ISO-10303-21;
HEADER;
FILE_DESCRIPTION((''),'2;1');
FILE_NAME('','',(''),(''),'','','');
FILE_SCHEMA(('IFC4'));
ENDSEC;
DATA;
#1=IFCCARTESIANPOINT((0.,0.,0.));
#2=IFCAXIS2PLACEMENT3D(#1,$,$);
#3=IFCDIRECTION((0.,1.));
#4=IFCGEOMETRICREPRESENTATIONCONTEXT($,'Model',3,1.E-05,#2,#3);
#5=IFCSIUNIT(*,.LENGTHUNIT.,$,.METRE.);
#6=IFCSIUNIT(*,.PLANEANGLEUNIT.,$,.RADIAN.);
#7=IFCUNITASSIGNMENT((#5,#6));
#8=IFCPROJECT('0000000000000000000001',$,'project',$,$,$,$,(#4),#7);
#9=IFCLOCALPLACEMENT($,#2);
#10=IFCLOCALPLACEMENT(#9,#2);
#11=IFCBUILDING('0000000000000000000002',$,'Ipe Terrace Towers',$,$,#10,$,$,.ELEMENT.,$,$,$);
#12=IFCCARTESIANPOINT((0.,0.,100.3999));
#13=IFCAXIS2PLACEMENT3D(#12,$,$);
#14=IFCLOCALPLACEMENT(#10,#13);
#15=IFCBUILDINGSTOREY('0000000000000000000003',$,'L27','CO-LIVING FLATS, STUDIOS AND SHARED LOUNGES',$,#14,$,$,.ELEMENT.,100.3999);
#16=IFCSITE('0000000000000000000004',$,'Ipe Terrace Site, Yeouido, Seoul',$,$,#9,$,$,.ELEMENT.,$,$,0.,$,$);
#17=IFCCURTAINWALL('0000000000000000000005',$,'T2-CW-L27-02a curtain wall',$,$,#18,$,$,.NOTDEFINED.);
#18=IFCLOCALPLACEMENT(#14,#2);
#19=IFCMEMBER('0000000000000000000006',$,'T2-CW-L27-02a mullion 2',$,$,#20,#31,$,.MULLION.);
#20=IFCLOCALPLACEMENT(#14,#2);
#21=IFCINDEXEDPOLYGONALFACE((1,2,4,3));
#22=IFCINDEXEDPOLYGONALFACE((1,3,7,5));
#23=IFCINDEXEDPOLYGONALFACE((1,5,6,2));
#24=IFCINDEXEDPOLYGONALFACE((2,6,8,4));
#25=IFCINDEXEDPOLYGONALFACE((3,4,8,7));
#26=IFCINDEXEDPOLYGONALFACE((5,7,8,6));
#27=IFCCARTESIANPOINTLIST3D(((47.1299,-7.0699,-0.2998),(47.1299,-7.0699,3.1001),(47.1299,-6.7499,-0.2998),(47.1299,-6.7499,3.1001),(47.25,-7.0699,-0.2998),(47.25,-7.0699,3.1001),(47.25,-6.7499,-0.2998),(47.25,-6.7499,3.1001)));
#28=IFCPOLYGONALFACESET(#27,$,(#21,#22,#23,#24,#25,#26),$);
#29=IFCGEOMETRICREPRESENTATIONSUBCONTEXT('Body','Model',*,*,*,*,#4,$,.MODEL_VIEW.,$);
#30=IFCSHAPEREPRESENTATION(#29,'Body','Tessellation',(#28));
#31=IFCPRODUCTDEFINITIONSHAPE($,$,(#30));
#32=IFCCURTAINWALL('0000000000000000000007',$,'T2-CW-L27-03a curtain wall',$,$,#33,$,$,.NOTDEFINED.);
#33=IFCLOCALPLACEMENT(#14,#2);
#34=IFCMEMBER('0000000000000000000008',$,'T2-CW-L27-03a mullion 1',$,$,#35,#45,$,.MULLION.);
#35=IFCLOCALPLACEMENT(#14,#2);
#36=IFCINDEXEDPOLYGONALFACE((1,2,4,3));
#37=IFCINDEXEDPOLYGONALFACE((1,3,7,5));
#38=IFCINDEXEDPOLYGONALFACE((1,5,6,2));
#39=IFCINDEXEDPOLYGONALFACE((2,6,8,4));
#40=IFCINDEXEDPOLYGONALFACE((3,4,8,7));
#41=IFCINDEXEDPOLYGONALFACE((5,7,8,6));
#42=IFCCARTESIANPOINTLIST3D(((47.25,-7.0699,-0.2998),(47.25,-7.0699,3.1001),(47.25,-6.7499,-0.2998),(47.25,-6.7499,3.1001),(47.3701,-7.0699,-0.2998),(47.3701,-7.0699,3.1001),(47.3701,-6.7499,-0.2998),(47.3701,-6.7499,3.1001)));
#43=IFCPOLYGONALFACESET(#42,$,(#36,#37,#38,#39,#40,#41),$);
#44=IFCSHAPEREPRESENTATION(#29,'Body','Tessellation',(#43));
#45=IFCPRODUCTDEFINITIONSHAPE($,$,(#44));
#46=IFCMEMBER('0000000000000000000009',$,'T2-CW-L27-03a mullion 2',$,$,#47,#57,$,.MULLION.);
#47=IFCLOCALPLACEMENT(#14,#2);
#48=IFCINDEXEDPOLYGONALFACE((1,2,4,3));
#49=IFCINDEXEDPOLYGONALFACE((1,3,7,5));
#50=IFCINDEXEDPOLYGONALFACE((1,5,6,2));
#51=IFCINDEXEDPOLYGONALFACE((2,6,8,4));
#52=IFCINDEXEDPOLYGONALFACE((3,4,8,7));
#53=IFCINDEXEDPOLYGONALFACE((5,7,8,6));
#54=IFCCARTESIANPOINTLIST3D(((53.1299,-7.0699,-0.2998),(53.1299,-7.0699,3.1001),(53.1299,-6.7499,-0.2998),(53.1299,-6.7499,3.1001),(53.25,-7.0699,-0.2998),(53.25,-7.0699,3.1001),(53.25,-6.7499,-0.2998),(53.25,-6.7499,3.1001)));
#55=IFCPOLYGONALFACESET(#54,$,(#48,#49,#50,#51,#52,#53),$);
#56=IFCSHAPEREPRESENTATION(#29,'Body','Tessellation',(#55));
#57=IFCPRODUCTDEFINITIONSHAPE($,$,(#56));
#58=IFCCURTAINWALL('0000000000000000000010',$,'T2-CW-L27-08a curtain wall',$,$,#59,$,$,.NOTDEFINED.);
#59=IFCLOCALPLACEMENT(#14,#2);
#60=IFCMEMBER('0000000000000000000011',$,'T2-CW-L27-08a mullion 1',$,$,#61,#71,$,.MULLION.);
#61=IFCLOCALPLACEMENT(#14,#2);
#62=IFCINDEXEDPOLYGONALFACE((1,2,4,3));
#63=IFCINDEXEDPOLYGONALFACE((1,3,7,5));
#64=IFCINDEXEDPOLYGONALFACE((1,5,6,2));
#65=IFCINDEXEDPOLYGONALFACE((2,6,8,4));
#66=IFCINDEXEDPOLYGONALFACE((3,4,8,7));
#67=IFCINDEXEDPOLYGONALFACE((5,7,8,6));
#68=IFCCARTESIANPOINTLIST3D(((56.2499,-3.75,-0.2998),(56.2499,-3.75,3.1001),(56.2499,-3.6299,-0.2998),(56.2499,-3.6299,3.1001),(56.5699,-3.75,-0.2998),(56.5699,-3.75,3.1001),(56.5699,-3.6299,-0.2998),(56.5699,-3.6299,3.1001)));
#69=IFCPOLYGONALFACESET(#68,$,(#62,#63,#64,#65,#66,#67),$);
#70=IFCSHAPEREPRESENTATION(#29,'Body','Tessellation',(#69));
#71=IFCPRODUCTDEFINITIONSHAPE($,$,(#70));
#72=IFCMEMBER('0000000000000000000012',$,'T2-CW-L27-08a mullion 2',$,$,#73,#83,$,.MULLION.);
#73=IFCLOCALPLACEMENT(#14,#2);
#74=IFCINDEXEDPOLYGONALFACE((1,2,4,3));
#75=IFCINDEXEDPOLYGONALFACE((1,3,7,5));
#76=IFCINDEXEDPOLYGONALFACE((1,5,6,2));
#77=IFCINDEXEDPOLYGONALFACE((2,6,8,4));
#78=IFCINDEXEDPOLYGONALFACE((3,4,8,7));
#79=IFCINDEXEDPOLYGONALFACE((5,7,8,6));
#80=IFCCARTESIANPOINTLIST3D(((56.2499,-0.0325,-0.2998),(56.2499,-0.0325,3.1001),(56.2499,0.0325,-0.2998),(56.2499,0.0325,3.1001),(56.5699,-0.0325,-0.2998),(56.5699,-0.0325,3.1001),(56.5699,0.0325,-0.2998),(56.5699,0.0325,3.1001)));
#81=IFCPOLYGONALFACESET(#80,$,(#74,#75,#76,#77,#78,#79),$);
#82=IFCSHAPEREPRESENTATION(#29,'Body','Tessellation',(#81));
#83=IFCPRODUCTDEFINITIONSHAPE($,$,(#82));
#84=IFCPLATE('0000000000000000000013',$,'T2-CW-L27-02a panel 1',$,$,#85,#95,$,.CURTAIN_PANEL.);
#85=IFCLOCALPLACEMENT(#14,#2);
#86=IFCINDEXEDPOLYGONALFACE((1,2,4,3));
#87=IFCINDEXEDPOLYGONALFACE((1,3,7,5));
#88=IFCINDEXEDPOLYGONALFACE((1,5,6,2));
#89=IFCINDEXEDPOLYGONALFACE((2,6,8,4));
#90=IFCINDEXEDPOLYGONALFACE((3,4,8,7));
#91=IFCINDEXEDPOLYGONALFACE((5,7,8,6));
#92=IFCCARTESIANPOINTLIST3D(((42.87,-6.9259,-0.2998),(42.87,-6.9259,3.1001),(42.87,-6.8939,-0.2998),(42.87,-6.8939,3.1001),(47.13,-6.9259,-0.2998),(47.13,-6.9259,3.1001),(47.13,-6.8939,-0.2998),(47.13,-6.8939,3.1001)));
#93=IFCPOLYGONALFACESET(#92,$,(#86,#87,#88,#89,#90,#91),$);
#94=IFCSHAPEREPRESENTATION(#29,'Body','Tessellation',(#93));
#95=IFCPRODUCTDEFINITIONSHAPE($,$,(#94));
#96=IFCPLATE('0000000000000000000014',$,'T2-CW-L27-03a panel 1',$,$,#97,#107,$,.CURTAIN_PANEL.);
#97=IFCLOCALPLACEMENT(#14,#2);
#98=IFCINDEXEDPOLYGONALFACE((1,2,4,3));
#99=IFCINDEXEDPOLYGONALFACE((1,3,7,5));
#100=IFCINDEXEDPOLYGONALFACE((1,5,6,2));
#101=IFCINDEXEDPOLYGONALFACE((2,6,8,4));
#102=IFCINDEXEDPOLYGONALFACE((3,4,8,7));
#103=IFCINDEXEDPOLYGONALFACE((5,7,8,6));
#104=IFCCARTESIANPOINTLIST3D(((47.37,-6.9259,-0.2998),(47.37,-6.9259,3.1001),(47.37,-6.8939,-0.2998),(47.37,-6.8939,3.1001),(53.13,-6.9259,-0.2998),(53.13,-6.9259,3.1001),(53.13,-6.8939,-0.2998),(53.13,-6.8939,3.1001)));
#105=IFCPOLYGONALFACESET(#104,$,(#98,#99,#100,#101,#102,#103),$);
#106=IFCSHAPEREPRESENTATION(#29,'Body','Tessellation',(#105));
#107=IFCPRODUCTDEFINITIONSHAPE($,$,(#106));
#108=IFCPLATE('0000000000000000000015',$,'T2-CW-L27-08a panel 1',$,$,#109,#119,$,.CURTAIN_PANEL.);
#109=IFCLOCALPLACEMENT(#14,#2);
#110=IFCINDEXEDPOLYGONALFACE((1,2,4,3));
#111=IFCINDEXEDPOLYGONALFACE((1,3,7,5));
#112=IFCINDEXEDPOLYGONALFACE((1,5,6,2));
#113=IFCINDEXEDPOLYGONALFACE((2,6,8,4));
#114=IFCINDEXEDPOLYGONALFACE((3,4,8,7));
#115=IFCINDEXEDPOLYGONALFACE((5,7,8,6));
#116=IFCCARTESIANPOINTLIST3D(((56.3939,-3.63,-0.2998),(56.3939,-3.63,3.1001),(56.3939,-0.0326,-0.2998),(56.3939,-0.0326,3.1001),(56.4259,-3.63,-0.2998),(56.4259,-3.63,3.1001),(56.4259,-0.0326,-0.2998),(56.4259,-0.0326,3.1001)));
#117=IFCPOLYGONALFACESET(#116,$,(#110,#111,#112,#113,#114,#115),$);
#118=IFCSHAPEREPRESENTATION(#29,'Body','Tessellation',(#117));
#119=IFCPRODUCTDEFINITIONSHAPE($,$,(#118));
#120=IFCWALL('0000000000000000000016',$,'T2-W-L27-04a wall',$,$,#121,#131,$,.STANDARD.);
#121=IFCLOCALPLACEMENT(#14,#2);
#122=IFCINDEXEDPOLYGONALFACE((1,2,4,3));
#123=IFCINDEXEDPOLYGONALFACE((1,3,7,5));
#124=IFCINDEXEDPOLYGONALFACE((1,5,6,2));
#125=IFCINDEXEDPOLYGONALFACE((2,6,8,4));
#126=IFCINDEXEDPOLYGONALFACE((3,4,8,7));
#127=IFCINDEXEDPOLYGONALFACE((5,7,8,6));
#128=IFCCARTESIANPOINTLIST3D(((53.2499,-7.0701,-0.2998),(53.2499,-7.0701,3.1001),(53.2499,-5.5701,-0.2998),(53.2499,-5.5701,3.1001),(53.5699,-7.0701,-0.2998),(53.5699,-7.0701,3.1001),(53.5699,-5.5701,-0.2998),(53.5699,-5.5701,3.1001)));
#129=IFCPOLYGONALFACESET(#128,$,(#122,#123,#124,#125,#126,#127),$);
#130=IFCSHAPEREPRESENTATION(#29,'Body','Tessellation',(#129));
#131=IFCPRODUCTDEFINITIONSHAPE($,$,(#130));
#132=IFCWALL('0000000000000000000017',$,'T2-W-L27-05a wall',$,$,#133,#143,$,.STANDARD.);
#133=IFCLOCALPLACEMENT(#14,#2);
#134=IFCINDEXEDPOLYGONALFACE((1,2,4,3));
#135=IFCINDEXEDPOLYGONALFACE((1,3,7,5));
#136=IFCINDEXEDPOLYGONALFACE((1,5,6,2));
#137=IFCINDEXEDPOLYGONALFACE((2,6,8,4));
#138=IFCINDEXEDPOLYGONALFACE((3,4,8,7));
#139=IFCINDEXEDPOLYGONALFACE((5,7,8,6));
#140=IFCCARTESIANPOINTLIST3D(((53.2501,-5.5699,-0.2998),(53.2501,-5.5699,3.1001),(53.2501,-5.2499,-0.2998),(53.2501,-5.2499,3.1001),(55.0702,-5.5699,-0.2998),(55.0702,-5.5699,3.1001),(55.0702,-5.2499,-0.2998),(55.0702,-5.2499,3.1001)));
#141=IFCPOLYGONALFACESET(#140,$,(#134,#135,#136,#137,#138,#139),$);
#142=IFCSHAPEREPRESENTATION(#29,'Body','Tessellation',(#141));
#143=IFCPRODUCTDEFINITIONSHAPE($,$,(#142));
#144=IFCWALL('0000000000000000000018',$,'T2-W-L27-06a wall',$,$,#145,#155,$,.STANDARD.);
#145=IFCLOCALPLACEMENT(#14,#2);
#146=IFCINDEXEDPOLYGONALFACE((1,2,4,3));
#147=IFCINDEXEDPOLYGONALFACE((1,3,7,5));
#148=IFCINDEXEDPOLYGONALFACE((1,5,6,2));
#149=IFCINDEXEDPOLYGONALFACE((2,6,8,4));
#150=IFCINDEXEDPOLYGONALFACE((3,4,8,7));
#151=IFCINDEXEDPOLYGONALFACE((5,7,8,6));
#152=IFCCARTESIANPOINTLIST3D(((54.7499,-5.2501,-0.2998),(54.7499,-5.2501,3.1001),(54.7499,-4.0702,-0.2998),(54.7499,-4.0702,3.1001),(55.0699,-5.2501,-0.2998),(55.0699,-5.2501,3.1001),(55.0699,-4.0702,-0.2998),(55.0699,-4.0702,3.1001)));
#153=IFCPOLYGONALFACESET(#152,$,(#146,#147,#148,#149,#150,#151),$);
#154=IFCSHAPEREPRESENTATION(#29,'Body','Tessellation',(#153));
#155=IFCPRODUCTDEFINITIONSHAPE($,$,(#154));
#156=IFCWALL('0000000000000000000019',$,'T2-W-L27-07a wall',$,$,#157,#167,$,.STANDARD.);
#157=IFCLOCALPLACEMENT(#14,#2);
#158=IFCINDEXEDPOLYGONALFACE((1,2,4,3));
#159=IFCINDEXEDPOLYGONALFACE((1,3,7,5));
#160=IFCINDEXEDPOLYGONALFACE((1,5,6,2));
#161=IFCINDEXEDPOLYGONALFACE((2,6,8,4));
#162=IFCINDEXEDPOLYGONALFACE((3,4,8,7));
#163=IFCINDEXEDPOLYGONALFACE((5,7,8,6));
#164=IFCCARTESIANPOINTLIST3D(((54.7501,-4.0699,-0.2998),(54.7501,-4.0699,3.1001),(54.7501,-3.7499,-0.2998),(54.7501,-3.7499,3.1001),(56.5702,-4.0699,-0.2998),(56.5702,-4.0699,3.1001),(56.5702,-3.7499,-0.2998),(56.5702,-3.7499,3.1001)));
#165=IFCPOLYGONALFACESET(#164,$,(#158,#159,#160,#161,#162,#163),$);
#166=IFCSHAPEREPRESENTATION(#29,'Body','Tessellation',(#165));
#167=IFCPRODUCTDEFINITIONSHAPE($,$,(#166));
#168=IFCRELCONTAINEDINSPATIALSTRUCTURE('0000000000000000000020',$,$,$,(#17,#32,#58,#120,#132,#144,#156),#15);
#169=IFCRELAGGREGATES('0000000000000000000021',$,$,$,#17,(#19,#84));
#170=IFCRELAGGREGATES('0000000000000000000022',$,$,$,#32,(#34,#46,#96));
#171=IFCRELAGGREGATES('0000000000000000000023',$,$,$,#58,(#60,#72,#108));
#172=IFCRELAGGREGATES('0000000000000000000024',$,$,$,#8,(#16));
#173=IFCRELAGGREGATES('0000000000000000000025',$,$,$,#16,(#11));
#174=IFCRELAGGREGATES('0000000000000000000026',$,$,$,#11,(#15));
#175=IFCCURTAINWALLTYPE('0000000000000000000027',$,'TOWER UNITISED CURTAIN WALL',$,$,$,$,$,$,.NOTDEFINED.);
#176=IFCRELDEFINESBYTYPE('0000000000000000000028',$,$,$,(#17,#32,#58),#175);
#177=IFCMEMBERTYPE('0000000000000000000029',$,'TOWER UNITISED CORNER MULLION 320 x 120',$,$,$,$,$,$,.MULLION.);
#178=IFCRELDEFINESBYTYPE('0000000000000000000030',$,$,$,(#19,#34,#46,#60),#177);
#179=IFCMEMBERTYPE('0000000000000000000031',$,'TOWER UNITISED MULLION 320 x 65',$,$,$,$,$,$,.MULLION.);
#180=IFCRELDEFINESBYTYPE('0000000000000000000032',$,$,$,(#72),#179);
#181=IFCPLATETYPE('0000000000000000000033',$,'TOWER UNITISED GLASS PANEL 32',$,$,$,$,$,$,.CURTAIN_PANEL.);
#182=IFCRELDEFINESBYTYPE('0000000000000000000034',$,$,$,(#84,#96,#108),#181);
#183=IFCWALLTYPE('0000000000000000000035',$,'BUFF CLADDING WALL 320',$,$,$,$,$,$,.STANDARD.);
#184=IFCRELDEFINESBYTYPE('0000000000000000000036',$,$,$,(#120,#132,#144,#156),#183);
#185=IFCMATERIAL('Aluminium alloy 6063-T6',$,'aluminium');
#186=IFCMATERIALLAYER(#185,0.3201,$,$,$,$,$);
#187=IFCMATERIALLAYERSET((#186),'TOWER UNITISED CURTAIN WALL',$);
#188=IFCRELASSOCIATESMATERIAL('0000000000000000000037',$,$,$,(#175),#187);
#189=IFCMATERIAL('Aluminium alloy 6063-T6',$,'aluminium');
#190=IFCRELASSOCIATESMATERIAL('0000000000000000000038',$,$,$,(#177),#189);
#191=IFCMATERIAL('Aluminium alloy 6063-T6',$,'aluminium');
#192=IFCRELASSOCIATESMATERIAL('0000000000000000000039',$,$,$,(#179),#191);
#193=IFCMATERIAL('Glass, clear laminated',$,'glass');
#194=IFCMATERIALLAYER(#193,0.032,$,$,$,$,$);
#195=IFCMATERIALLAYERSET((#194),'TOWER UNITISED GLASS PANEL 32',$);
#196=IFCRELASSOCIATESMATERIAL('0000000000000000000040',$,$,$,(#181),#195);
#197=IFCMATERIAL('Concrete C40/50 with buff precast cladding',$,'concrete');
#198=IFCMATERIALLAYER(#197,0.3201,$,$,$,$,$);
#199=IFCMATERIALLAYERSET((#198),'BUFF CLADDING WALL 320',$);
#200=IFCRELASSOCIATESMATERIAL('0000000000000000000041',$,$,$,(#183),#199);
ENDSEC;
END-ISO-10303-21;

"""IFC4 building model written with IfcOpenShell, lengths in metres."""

from ifc_helpers import new_model, si_unit, direction, frame, frame_2d, origin, origin_2d, place, context, subcontext, project, spatial, rectangle, extrude, material, layer, layer_set, material_profile, profile_set, type_object, element, aggregate, save


model = new_model("IFC4")

# Units and contexts
model_context = context("Model", 3, precision=1e-05, world=origin(), true_north=direction((0.0, 1.0)))
body_context = subcontext(model_context, "Body", "Model", "MODEL_VIEW")
ifc_project = project(units=[si_unit("LENGTHUNIT", "METRE"), si_unit("PLANEANGLEUNIT", "RADIAN")], contexts=[model_context])

# Site, building, storey
site_placement = place(None, origin())
site = spatial("IfcSite", under=ifc_project, at=site_placement, Name="Ipe Terrace Site, Yeouido, Seoul", CompositionType="ELEMENT", RefElevation=0.0)
building_placement = place(site_placement, origin())
building = spatial("IfcBuilding", under=site, at=building_placement, Name="Ipe Terrace Towers", CompositionType="ELEMENT")
storey_placement = place(building_placement, frame((0.0, 0.0, 100.3999)))
storey = spatial("IfcBuildingStorey", under=building, at=storey_placement, Name="L27", Description="CO-LIVING FLATS, STUDIOS AND SHARED LOUNGES", CompositionType="ELEMENT", Elevation=100.3999)

# Curtain walls, members
ifc_material_1 = material(Name="Aluminium alloy 6063-T6", Category="aluminium")
ifc_layer_1 = layer(ifc_material_1, 0.3201)
ifc_layer_set_1 = layer_set([ifc_layer_1], Name="TOWER UNITISED CURTAIN WALL")
curtain_wall_type = type_object("IfcCurtainWallType", Name="TOWER UNITISED CURTAIN WALL", PredefinedType="NOTDEFINED", material=ifc_layer_set_1)
curtain_wall_1_placement = place(storey_placement, origin())
curtain_wall_1 = element("IfcCurtainWall", 1, at=curtain_wall_1_placement, inside=storey, type_object=curtain_wall_type, Name="T2-CW-L27-02a curtain wall", PredefinedType="NOTDEFINED")
ifc_material_2 = material(Name="Aluminium alloy 6063-T6", Category="aluminium")
ifc_material_profile_1 = material_profile(ifc_material_2, rectangle(XDim=0.3201, YDim=0.1201, at=origin_2d()), Name="TOWER UNITISED CORNER MULLION 320 x 120")
ifc_profile_set_1 = profile_set([ifc_material_profile_1], Name="Aluminium alloy 6063-T6")
member_type_1 = type_object("IfcMemberType", Name="TOWER UNITISED CORNER MULLION 320 x 120", PredefinedType="MULLION", material=ifc_profile_set_1)
member_1_placement = place(storey_placement, frame((47.1899, -6.9099, -0.2998), z_axis=(0.0, 0.0, 1.0), x_axis=(0.0, -1.0, 0.0)))
member_1 = element("IfcMember", 2, at=member_1_placement, type_object=member_type_1, Name="T2-CW-L27-02a mullion 2", PredefinedType="MULLION", context=body_context, shape_type="SweptSolid", body=[
    extrude(rectangle(XDim=0.3201, YDim=0.1201, at=origin_2d()), origin(), (0.0, 0.0, 1.0), 3.3999),
])
curtain_wall_2_placement = place(storey_placement, origin())
curtain_wall_2 = element("IfcCurtainWall", 3, at=curtain_wall_2_placement, inside=storey, type_object=curtain_wall_type, Name="T2-CW-L27-03a curtain wall", PredefinedType="NOTDEFINED")
member_2_placement = place(storey_placement, frame((47.3101, -6.9099, -0.2998), z_axis=(0.0, 0.0, 1.0), x_axis=(0.0, -1.0, 0.0)))
member_2 = element("IfcMember", 4, at=member_2_placement, type_object=member_type_1, Name="T2-CW-L27-03a mullion 1", PredefinedType="MULLION", context=body_context, shape_type="SweptSolid", body=[
    extrude(rectangle(XDim=0.3201, YDim=0.1201, at=origin_2d()), origin(), (0.0, 0.0, 1.0), 3.3999),
])
member_3_placement = place(storey_placement, frame((53.1899, -6.9099, -0.2998), z_axis=(0.0, 0.0, 1.0), x_axis=(0.0, -1.0, 0.0)))
member_3 = element("IfcMember", 5, at=member_3_placement, type_object=member_type_1, Name="T2-CW-L27-03a mullion 2", PredefinedType="MULLION", context=body_context, shape_type="SweptSolid", body=[
    extrude(rectangle(XDim=0.3201, YDim=0.1201, at=origin_2d()), origin(), (0.0, 0.0, 1.0), 3.3999),
])
curtain_wall_3_placement = place(storey_placement, origin())
curtain_wall_3 = element("IfcCurtainWall", 6, at=curtain_wall_3_placement, inside=storey, type_object=curtain_wall_type, Name="T2-CW-L27-08a curtain wall", PredefinedType="NOTDEFINED")
member_4_placement = place(storey_placement, frame((56.4099, -3.6899, -0.2998), z_axis=(0.0, 0.0, 1.0), x_axis=(1.0, 0.0, 0.0)))
member_4 = element("IfcMember", 7, at=member_4_placement, type_object=member_type_1, Name="T2-CW-L27-08a mullion 1", PredefinedType="MULLION", context=body_context, shape_type="SweptSolid", body=[
    extrude(rectangle(XDim=0.3201, YDim=0.1201, at=origin_2d()), origin(), (0.0, 0.0, 1.0), 3.3999),
])
ifc_material_3 = material(Name="Aluminium alloy 6063-T6", Category="aluminium")
ifc_material_profile_2 = material_profile(ifc_material_3, rectangle(XDim=0.3201, YDim=0.0649, at=origin_2d()), Name="TOWER UNITISED MULLION 320 x 65")
ifc_profile_set_2 = profile_set([ifc_material_profile_2], Name="Aluminium alloy 6063-T6")
member_type_2 = type_object("IfcMemberType", Name="TOWER UNITISED MULLION 320 x 65", PredefinedType="MULLION", material=ifc_profile_set_2)
member_5_placement = place(storey_placement, frame((56.4099, 0.0, -0.2998), z_axis=(0.0, 0.0, 1.0), x_axis=(1.0, 0.0, 0.0)))
member_5 = element("IfcMember", 8, at=member_5_placement, type_object=member_type_2, Name="T2-CW-L27-08a mullion 2", PredefinedType="MULLION", context=body_context, shape_type="SweptSolid", body=[
    extrude(rectangle(XDim=0.3201, YDim=0.0649, at=origin_2d()), origin(), (0.0, 0.0, 1.0), 3.3999),
])

# Plates
ifc_material_4 = material(Name="Glass, clear laminated", Category="glass")
ifc_layer_2 = layer(ifc_material_4, 0.032)
ifc_layer_set_2 = layer_set([ifc_layer_2], Name="TOWER UNITISED GLASS PANEL 32")
plate_type = type_object("IfcPlateType", Name="TOWER UNITISED GLASS PANEL 32", PredefinedType="CURTAIN_PANEL", material=ifc_layer_set_2)
plate_1_placement = place(storey_placement, frame((45.0, -6.9099, -0.2998), z_axis=(0.0, 0.0, 1.0), x_axis=(1.0, 0.0, 0.0)))
plate_1 = element("IfcPlate", 9, at=plate_1_placement, type_object=plate_type, Name="T2-CW-L27-02a panel 1", PredefinedType="CURTAIN_PANEL", context=body_context, shape_type="SweptSolid", body=[
    extrude(rectangle(XDim=4.26, YDim=0.032, at=origin_2d()), origin(), (0.0, 0.0, 1.0), 3.3999),
])
aggregate(curtain_wall_1, [member_1, plate_1])
plate_2_placement = place(storey_placement, frame((50.25, -6.9099, -0.2998), z_axis=(0.0, 0.0, 1.0), x_axis=(1.0, 0.0, 0.0)))
plate_2 = element("IfcPlate", 10, at=plate_2_placement, type_object=plate_type, Name="T2-CW-L27-03a panel 1", PredefinedType="CURTAIN_PANEL", context=body_context, shape_type="SweptSolid", body=[
    extrude(rectangle(XDim=5.76, YDim=0.032, at=origin_2d()), origin(), (0.0, 0.0, 1.0), 3.3999),
])
aggregate(curtain_wall_2, [member_2, member_3, plate_2])
plate_3_placement = place(storey_placement, frame((56.4099, -1.8313, -0.2998), z_axis=(0.0, 0.0, 1.0), x_axis=(0.0, 1.0, 0.0)))
plate_3 = element("IfcPlate", 11, at=plate_3_placement, type_object=plate_type, Name="T2-CW-L27-08a panel 1", PredefinedType="CURTAIN_PANEL", context=body_context, shape_type="SweptSolid", body=[
    extrude(rectangle(XDim=3.5974, YDim=0.032, at=origin_2d()), origin(), (0.0, 0.0, 1.0), 3.3999),
])
aggregate(curtain_wall_3, [member_4, member_5, plate_3])

# Walls
ifc_material_5 = material(Name="Concrete C40/50 with buff precast cladding", Category="concrete")
ifc_layer_3 = layer(ifc_material_5, 0.3201)
ifc_layer_set_3 = layer_set([ifc_layer_3], Name="BUFF CLADDING WALL 320")
wall_type_1 = type_object("IfcWallType", Name="BUFF CLADDING WALL 320", PredefinedType="STANDARD", material=ifc_layer_set_3)
wall_1_placement = place(storey_placement, frame((53.4099, -7.0701, -0.2998), z_axis=(0.0, 0.0, 1.0), x_axis=(0.0, 1.0, 0.0)))
element("IfcWall", 12, at=wall_1_placement, inside=storey, type_object=wall_type_1, Name="T2-W-L27-04a wall", PredefinedType="STANDARD", context=body_context, shape_type="SweptSolid", body=[
    extrude(rectangle(XDim=1.5, YDim=0.3201, at=frame_2d((0.75, 0.0))), origin(), (0.0, 0.0, 1.0), 3.3999),
])
wall_2_placement = place(storey_placement, frame((53.25, -5.4099, -0.2998), z_axis=(0.0, 0.0, 1.0), x_axis=(1.0, 0.0, 0.0)))
element("IfcWall", 13, at=wall_2_placement, inside=storey, type_object=wall_type_1, Name="T2-W-L27-05a wall", PredefinedType="STANDARD", context=body_context, shape_type="SweptSolid", body=[
    extrude(rectangle(XDim=1.8201, YDim=0.3201, at=frame_2d((0.9102, 0.0))), origin(), (0.0, 0.0, 1.0), 3.3999),
])
wall_3_placement = place(storey_placement, frame((54.9099, -5.25, -0.2998), z_axis=(0.0, 0.0, 1.0), x_axis=(0.0, 1.0, 0.0)))
element("IfcWall", 14, at=wall_3_placement, inside=storey, type_object=wall_type_1, Name="T2-W-L27-06a wall", PredefinedType="STANDARD", context=body_context, shape_type="SweptSolid", body=[
    extrude(rectangle(XDim=1.1799, YDim=0.3201, at=frame_2d((0.5898, 0.0))), origin(), (0.0, 0.0, 1.0), 3.3999),
])
wall_4_placement = place(storey_placement, frame((54.75, -3.9099, -0.2998), z_axis=(0.0, 0.0, 1.0), x_axis=(1.0, 0.0, 0.0)))
element("IfcWall", 15, at=wall_4_placement, inside=storey, type_object=wall_type_1, Name="T2-W-L27-07a wall", PredefinedType="STANDARD", context=body_context, shape_type="SweptSolid", body=[
    extrude(rectangle(XDim=1.8201, YDim=0.3201, at=frame_2d((0.9102, 0.0))), origin(), (0.0, 0.0, 1.0), 3.3999),
])

save(model, "model.ifc")
